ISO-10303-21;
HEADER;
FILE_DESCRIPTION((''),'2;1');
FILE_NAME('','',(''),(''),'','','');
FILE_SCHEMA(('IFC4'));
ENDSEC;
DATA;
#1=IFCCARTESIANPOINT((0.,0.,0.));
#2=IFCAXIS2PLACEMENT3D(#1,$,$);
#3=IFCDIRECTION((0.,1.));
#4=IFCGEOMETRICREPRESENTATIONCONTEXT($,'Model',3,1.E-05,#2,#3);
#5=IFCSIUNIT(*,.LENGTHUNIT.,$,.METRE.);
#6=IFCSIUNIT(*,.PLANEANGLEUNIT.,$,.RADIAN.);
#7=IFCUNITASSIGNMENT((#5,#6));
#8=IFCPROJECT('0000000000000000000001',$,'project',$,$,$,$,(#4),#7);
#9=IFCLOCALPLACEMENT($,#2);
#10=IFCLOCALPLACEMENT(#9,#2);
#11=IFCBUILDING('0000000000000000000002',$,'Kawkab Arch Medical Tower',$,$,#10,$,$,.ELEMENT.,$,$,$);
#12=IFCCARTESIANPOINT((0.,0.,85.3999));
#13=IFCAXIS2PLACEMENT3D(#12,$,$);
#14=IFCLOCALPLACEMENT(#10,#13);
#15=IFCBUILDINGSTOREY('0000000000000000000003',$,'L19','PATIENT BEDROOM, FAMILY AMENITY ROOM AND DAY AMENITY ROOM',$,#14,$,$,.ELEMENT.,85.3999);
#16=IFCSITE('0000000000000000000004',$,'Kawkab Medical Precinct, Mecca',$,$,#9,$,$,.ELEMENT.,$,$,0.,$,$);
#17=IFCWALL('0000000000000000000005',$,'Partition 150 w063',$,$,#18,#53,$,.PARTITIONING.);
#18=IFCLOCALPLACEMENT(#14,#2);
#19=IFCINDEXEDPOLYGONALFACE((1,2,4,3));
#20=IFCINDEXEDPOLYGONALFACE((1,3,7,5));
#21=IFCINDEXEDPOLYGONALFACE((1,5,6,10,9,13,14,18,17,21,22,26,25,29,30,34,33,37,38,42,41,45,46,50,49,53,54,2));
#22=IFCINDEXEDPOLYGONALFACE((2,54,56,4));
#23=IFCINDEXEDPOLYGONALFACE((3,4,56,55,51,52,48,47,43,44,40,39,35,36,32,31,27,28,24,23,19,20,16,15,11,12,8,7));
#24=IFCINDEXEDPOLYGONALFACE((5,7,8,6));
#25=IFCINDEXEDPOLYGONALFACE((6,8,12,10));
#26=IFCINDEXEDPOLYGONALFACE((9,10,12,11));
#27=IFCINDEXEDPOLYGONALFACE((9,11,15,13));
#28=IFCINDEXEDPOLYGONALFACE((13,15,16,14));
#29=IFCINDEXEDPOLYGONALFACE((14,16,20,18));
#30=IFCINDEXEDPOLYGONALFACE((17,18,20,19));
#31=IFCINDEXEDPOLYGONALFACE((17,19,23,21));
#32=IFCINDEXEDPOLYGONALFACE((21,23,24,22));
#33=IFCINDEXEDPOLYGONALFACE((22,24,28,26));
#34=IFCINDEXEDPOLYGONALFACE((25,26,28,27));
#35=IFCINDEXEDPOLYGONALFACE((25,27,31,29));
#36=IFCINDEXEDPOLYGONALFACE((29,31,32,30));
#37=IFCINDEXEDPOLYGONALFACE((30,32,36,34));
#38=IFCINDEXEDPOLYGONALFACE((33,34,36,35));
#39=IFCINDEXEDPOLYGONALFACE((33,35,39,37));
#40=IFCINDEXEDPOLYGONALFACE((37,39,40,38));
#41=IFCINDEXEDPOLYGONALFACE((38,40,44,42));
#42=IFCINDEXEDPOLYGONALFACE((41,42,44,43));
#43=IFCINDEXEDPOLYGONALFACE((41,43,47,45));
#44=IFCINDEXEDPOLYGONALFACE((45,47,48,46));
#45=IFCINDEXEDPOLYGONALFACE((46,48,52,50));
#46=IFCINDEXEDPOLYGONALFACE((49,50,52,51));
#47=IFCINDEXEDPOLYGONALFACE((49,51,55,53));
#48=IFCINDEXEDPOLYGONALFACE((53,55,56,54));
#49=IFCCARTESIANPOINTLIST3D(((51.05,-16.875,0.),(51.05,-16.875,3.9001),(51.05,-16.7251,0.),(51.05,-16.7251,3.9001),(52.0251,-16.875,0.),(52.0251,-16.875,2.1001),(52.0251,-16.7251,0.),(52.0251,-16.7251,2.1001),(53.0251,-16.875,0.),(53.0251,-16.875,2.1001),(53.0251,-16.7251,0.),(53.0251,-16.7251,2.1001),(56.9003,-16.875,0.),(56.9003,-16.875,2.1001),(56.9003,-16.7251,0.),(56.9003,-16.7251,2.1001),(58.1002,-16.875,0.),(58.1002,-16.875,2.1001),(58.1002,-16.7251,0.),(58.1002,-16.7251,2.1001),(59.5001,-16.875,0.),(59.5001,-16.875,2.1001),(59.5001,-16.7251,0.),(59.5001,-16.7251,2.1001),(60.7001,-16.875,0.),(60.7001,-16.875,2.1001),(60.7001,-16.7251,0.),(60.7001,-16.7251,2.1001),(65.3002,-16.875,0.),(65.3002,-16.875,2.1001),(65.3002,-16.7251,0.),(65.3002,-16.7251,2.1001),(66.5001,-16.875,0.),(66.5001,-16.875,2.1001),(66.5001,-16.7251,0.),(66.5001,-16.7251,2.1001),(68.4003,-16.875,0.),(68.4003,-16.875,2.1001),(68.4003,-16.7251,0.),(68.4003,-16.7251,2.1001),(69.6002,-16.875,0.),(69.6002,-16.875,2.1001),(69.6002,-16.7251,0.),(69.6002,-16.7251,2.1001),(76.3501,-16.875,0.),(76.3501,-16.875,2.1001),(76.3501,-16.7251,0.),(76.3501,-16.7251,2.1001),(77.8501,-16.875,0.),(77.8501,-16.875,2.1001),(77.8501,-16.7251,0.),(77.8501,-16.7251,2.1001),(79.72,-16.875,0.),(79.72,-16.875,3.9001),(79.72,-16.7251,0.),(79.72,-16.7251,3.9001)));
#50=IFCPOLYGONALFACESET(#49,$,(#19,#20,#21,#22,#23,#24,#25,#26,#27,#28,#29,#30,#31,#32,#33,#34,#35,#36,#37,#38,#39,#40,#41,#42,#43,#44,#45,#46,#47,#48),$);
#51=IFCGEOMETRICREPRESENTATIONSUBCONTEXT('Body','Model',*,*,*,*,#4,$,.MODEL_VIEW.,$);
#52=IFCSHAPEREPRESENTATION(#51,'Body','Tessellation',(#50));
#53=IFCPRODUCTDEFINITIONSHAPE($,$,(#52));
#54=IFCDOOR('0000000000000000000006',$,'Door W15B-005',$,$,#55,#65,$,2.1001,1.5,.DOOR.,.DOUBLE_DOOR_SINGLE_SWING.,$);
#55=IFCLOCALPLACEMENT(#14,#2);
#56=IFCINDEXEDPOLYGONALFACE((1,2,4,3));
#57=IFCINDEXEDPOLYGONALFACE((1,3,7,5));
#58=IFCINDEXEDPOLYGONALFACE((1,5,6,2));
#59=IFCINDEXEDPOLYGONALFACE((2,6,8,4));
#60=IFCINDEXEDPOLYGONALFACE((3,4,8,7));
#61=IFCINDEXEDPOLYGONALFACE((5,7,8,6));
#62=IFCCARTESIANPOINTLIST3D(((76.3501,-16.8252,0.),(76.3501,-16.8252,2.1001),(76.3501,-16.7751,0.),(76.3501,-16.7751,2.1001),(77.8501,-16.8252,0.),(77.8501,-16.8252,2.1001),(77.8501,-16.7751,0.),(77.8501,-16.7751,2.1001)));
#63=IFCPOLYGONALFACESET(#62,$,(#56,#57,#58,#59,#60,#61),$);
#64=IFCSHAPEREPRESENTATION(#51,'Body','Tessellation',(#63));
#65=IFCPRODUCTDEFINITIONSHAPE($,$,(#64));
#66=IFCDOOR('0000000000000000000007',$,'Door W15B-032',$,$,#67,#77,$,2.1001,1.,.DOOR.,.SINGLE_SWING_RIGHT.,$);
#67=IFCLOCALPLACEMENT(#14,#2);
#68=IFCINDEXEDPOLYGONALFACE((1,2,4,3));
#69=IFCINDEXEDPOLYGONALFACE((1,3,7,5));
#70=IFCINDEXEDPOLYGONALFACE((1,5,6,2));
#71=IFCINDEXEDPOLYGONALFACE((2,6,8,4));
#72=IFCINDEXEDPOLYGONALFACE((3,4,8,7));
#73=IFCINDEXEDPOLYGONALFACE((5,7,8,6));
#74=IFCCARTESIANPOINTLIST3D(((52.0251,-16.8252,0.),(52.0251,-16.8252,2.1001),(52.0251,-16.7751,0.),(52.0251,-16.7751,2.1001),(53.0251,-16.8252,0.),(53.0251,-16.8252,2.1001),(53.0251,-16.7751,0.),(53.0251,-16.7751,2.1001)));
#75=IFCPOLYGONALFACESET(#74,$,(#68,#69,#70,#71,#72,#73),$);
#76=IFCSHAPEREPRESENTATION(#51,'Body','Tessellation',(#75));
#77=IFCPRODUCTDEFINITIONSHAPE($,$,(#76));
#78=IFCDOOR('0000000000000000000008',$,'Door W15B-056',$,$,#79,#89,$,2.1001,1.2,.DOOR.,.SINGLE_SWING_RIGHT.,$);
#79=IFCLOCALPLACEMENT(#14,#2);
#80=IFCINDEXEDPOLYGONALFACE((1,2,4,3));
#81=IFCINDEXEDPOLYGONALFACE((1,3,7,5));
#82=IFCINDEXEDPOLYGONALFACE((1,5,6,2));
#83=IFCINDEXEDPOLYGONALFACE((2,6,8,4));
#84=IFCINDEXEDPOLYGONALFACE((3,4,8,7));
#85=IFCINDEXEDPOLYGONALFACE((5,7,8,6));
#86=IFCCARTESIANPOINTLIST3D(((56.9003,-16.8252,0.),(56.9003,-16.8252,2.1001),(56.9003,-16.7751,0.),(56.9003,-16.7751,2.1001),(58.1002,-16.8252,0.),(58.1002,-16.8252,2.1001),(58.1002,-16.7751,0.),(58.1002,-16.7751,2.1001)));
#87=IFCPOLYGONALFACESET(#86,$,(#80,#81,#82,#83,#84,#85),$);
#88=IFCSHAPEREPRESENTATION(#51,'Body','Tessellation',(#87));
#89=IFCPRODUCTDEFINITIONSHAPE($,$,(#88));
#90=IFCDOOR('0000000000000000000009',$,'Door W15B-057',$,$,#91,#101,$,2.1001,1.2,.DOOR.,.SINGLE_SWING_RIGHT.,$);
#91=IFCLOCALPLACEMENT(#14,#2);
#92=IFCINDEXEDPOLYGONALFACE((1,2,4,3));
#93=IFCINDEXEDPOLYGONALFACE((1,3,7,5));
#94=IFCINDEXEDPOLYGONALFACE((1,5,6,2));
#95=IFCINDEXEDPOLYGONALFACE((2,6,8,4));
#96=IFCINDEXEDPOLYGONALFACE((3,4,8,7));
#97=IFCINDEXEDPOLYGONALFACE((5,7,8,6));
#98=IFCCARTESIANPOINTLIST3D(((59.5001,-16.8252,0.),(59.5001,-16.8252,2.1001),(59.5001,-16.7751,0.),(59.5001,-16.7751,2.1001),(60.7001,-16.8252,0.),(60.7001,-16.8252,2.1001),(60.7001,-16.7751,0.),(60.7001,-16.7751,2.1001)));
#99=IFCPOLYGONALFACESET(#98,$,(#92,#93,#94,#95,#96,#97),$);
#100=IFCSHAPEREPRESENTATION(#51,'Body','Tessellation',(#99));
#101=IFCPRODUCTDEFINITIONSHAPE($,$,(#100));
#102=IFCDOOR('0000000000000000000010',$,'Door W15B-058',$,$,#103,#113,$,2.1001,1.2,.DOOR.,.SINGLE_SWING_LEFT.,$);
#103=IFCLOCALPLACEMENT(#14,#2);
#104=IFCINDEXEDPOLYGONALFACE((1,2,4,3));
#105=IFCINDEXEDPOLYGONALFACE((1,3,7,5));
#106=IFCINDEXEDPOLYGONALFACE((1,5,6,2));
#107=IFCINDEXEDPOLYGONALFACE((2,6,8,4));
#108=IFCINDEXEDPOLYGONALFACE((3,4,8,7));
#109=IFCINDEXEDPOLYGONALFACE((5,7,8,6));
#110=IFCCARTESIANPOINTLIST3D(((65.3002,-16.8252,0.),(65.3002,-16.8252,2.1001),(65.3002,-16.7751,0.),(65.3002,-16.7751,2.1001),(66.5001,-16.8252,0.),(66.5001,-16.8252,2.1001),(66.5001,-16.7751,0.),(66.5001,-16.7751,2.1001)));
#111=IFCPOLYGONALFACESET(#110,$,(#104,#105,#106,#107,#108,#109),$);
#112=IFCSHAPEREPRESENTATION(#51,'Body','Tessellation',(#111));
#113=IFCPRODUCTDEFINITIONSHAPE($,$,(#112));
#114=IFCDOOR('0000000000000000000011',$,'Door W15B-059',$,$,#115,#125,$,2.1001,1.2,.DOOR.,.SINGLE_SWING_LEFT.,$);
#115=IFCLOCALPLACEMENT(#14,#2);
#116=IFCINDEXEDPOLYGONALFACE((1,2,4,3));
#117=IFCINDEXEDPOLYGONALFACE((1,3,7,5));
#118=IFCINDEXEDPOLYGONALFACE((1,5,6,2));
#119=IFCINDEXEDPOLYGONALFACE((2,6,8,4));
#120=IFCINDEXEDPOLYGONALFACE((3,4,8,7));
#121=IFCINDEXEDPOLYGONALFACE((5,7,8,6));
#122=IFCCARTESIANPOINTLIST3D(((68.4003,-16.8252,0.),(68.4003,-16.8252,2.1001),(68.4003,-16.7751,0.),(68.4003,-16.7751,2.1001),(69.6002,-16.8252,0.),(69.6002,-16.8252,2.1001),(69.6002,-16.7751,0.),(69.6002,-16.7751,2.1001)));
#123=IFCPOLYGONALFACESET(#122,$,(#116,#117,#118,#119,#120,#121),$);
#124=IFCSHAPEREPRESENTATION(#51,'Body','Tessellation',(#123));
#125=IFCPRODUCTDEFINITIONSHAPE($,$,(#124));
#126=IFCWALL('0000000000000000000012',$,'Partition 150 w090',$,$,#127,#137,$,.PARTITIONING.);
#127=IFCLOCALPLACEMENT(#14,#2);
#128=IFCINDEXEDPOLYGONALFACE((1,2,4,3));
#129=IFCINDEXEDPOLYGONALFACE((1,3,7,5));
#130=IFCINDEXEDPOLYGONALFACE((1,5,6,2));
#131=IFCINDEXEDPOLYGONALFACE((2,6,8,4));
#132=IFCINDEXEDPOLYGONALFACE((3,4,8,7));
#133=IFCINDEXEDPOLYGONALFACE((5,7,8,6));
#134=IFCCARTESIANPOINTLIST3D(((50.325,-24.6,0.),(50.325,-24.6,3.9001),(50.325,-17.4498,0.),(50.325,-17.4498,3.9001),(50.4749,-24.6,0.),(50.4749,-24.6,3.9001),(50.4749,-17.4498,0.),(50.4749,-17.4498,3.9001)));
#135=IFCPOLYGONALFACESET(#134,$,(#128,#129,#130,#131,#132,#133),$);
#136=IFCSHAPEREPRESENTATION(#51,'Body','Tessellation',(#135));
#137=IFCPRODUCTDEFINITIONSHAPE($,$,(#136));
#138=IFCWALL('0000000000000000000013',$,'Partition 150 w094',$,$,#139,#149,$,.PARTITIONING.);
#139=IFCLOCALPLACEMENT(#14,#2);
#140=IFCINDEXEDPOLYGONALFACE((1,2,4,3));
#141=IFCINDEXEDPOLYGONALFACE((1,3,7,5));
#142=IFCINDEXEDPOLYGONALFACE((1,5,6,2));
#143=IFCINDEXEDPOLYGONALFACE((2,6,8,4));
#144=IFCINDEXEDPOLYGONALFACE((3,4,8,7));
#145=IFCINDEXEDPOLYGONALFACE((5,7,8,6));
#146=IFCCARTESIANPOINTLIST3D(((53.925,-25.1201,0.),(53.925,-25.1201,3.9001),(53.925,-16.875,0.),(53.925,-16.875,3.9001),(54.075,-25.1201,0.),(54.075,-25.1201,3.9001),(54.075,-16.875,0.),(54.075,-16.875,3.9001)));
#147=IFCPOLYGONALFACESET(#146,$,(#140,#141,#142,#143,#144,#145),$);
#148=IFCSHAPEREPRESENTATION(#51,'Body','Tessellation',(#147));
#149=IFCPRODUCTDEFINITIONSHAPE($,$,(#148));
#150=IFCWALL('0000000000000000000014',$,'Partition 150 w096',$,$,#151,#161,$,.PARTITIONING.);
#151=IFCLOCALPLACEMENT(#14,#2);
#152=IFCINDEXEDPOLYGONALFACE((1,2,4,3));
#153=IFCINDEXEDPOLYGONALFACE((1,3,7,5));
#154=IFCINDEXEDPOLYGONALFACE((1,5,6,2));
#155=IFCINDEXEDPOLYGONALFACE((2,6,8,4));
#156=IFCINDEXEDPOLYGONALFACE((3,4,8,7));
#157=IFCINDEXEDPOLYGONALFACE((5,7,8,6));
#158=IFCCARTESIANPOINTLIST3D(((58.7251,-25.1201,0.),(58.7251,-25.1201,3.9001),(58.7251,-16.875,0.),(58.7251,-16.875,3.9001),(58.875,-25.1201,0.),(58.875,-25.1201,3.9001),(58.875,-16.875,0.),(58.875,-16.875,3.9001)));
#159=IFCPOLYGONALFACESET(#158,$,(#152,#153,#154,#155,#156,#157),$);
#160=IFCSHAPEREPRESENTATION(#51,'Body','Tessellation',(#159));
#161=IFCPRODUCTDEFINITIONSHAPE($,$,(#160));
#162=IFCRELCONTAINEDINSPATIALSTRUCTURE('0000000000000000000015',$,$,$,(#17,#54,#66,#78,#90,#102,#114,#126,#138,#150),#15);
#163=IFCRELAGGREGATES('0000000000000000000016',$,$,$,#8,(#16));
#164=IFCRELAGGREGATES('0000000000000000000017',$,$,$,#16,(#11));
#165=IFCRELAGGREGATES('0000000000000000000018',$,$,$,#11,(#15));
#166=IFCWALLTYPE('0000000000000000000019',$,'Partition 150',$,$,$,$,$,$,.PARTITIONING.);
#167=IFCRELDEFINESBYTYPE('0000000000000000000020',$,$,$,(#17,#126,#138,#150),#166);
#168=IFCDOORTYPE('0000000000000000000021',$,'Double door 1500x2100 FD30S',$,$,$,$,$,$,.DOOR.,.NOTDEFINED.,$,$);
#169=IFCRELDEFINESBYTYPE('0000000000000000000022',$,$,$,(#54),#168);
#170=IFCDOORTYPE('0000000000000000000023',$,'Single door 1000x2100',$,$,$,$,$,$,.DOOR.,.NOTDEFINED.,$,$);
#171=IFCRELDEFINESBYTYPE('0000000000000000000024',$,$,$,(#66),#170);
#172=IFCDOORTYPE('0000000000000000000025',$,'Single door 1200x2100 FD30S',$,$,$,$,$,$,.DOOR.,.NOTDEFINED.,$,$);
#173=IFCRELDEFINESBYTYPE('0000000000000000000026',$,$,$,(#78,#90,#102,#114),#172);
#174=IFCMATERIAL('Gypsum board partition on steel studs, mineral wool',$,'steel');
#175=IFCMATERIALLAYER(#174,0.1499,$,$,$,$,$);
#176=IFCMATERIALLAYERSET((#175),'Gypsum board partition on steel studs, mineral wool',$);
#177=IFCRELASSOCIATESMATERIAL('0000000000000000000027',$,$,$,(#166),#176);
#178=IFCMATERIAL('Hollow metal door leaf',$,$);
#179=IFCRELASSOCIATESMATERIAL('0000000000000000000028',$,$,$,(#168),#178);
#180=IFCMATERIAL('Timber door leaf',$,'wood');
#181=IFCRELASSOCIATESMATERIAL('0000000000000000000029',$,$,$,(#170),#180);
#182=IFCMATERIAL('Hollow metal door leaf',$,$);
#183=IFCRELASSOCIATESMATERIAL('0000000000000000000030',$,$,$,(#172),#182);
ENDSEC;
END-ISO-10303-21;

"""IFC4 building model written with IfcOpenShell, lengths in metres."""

from ifc_helpers import new_model, si_unit, direction, frame, frame_2d, origin, place, context, subcontext, project, spatial, rectangle, extrude, material, layer, layer_set, type_object, element, fill, save


model = new_model("IFC4")

# Units and contexts
model_context = context("Model", 3, precision=1e-05, world=origin(), true_north=direction((0.0, 1.0)))
body_context = subcontext(model_context, "Body", "Model", "MODEL_VIEW")
ifc_project = project(units=[si_unit("LENGTHUNIT", "METRE"), si_unit("PLANEANGLEUNIT", "RADIAN")], contexts=[model_context])

# Site, building, storey
site_placement = place(None, origin())
site = spatial("IfcSite", under=ifc_project, at=site_placement, Name="Kawkab Medical Precinct, Mecca", CompositionType="ELEMENT", RefElevation=0.0)
building_placement = place(site_placement, origin())
building = spatial("IfcBuilding", under=site, at=building_placement, Name="Kawkab Arch Medical Tower", CompositionType="ELEMENT")
storey_placement = place(building_placement, frame((0.0, 0.0, 85.3999)))
storey = spatial("IfcBuildingStorey", under=building, at=storey_placement, Name="L19", Description="PATIENT BEDROOM, FAMILY AMENITY ROOM AND DAY AMENITY ROOM", CompositionType="ELEMENT", Elevation=85.3999)

# Wall, openings, doors
ifc_material_1 = material(Name="Gypsum board partition on steel studs, mineral wool", Category="steel")
ifc_layer_1 = layer(ifc_material_1, 0.1499)
ifc_layer_set_1 = layer_set([ifc_layer_1], Name="Gypsum board partition on steel studs, mineral wool")
wall_type_1 = type_object("IfcWallType", Name="Partition 150", PredefinedType="PARTITIONING", material=ifc_layer_set_1)
wall_1_placement = place(storey_placement, frame((51.05, -16.8, 0.0), z_axis=(0.0, 0.0, 1.0), x_axis=(1.0, 0.0, 0.0)))
wall_1 = element("IfcWall", 1, at=wall_1_placement, inside=storey, type_object=wall_type_1, Name="Partition 150 w063", PredefinedType="PARTITIONING", context=body_context, shape_type="SweptSolid", body=[
    extrude(rectangle(XDim=28.6699, YDim=0.1499, at=frame_2d((14.335, 0.0))), origin(), (0.0, 0.0, 1.0), 3.9001),
])
opening_1_placement = place(wall_1_placement, frame((0.9751, 0.0, 0.0)))
opening_1 = element("IfcOpeningElement", 2, at=opening_1_placement, cuts=wall_1, PredefinedType="OPENING", context=body_context, shape_type="SweptSolid", body=[
    extrude(rectangle(XDim=1.0, YDim=2.1001, at=frame_2d((0.5, 1.05))), frame((0.0, 0.085, 0.0), z_axis=(0.0, -1.0, 0.0), x_axis=(1.0, 0.0, 0.0)), (0.0, 0.0, 1.0), 0.1699),
])
opening_2_placement = place(wall_1_placement, frame((5.8501, 0.0, 0.0)))
opening_2 = element("IfcOpeningElement", 3, at=opening_2_placement, cuts=wall_1, PredefinedType="OPENING", context=body_context, shape_type="SweptSolid", body=[
    extrude(rectangle(XDim=1.2, YDim=2.1001, at=frame_2d((0.6001, 1.05))), frame((0.0, 0.085, 0.0), z_axis=(0.0, -1.0, 0.0), x_axis=(1.0, 0.0, 0.0)), (0.0, 0.0, 1.0), 0.1699),
])
opening_3_placement = place(wall_1_placement, frame((8.45, 0.0, 0.0)))
opening_3 = element("IfcOpeningElement", 4, at=opening_3_placement, cuts=wall_1, PredefinedType="OPENING", context=body_context, shape_type="SweptSolid", body=[
    extrude(rectangle(XDim=1.2, YDim=2.1001, at=frame_2d((0.6001, 1.05))), frame((0.0, 0.085, 0.0), z_axis=(0.0, -1.0, 0.0), x_axis=(1.0, 0.0, 0.0)), (0.0, 0.0, 1.0), 0.1699),
])
opening_4_placement = place(wall_1_placement, frame((14.25, 0.0, 0.0)))
opening_4 = element("IfcOpeningElement", 5, at=opening_4_placement, cuts=wall_1, PredefinedType="OPENING", context=body_context, shape_type="SweptSolid", body=[
    extrude(rectangle(XDim=1.2, YDim=2.1001, at=frame_2d((0.6001, 1.05))), frame((0.0, 0.085, 0.0), z_axis=(0.0, -1.0, 0.0), x_axis=(1.0, 0.0, 0.0)), (0.0, 0.0, 1.0), 0.1699),
])
opening_5_placement = place(wall_1_placement, frame((17.3501, 0.0, 0.0)))
opening_5 = element("IfcOpeningElement", 6, at=opening_5_placement, cuts=wall_1, PredefinedType="OPENING", context=body_context, shape_type="SweptSolid", body=[
    extrude(rectangle(XDim=1.2, YDim=2.1001, at=frame_2d((0.6001, 1.05))), frame((0.0, 0.085, 0.0), z_axis=(0.0, -1.0, 0.0), x_axis=(1.0, 0.0, 0.0)), (0.0, 0.0, 1.0), 0.1699),
])
opening_6_placement = place(wall_1_placement, frame((25.3, 0.0, 0.0)))
opening_6 = element("IfcOpeningElement", 7, at=opening_6_placement, cuts=wall_1, PredefinedType="OPENING", context=body_context, shape_type="SweptSolid", body=[
    extrude(rectangle(XDim=1.5, YDim=2.1001, at=frame_2d((0.75, 1.05))), frame((0.0, 0.085, 0.0), z_axis=(0.0, -1.0, 0.0), x_axis=(1.0, 0.0, 0.0)), (0.0, 0.0, 1.0), 0.1699),
])
ifc_material_2 = material(Name="Hollow metal door leaf")
door_type_1 = type_object("IfcDoorType", Name="Double door 1500x2100 FD30S", OperationType="NOTDEFINED", PredefinedType="DOOR", material=ifc_material_2)
door_1_placement = place(opening_6_placement, origin())
door_1 = element("IfcDoor", 8, at=door_1_placement, inside=storey, type_object=door_type_1, Name="Door W15B-005", OperationType="DOUBLE_DOOR_SINGLE_SWING", OverallHeight=2.1001, OverallWidth=1.5, PredefinedType="DOOR", context=body_context, shape_type="SweptSolid", body=[
    extrude(rectangle(XDim=1.5, YDim=2.1001, at=frame_2d((0.75, 1.05))), frame((0.0, 0.0249, 0.0), z_axis=(0.0, -1.0, 0.0), x_axis=(1.0, 0.0, 0.0)), (0.0, 0.0, 1.0), 0.05),
])
fill(opening_6, door_1)
ifc_material_3 = material(Name="Timber door leaf", Category="wood")
door_type_2 = type_object("IfcDoorType", Name="Single door 1000x2100", OperationType="NOTDEFINED", PredefinedType="DOOR", material=ifc_material_3)
door_2_placement = place(opening_1_placement, origin())
door_2 = element("IfcDoor", 9, at=door_2_placement, inside=storey, type_object=door_type_2, Name="Door W15B-032", OperationType="SINGLE_SWING_RIGHT", OverallHeight=2.1001, OverallWidth=1.0, PredefinedType="DOOR", context=body_context, shape_type="SweptSolid", body=[
    extrude(rectangle(XDim=1.0, YDim=2.1001, at=frame_2d((0.5, 1.05))), frame((0.0, 0.0249, 0.0), z_axis=(0.0, -1.0, 0.0), x_axis=(1.0, 0.0, 0.0)), (0.0, 0.0, 1.0), 0.05),
])
fill(opening_1, door_2)
ifc_material_4 = material(Name="Hollow metal door leaf")
door_type_3 = type_object("IfcDoorType", Name="Single door 1200x2100 FD30S", OperationType="NOTDEFINED", PredefinedType="DOOR", material=ifc_material_4)
door_3_placement = place(opening_2_placement, origin())
door_3 = element("IfcDoor", 10, at=door_3_placement, inside=storey, type_object=door_type_3, Name="Door W15B-056", OperationType="SINGLE_SWING_RIGHT", OverallHeight=2.1001, OverallWidth=1.2, PredefinedType="DOOR", context=body_context, shape_type="SweptSolid", body=[
    extrude(rectangle(XDim=1.2, YDim=2.1001, at=frame_2d((0.6001, 1.05))), frame((0.0, 0.0249, 0.0), z_axis=(0.0, -1.0, 0.0), x_axis=(1.0, 0.0, 0.0)), (0.0, 0.0, 1.0), 0.05),
])
fill(opening_2, door_3)
door_4_placement = place(opening_3_placement, origin())
door_4 = element("IfcDoor", 11, at=door_4_placement, inside=storey, type_object=door_type_3, Name="Door W15B-057", OperationType="SINGLE_SWING_RIGHT", OverallHeight=2.1001, OverallWidth=1.2, PredefinedType="DOOR", context=body_context, shape_type="SweptSolid", body=[
    extrude(rectangle(XDim=1.2, YDim=2.1001, at=frame_2d((0.6001, 1.05))), frame((0.0, 0.0249, 0.0), z_axis=(0.0, -1.0, 0.0), x_axis=(1.0, 0.0, 0.0)), (0.0, 0.0, 1.0), 0.05),
])
fill(opening_3, door_4)
door_5_placement = place(opening_4_placement, origin())
door_5 = element("IfcDoor", 12, at=door_5_placement, inside=storey, type_object=door_type_3, Name="Door W15B-058", OperationType="SINGLE_SWING_LEFT", OverallHeight=2.1001, OverallWidth=1.2, PredefinedType="DOOR", context=body_context, shape_type="SweptSolid", body=[
    extrude(rectangle(XDim=1.2, YDim=2.1001, at=frame_2d((0.6001, 1.05))), frame((0.0, 0.0249, 0.0), z_axis=(0.0, -1.0, 0.0), x_axis=(1.0, 0.0, 0.0)), (0.0, 0.0, 1.0), 0.05),
])
fill(opening_4, door_5)
door_6_placement = place(opening_5_placement, origin())
door_6 = element("IfcDoor", 13, at=door_6_placement, inside=storey, type_object=door_type_3, Name="Door W15B-059", OperationType="SINGLE_SWING_LEFT", OverallHeight=2.1001, OverallWidth=1.2, PredefinedType="DOOR", context=body_context, shape_type="SweptSolid", body=[
    extrude(rectangle(XDim=1.2, YDim=2.1001, at=frame_2d((0.6001, 1.05))), frame((0.0, 0.0249, 0.0), z_axis=(0.0, -1.0, 0.0), x_axis=(1.0, 0.0, 0.0)), (0.0, 0.0, 1.0), 0.05),
])
fill(opening_5, door_6)

# Walls
wall_2_placement = place(storey_placement, frame((50.3999, -24.6001, 0.0), z_axis=(0.0, 0.0, 1.0), x_axis=(0.0, 1.0, 0.0)))
element("IfcWall", 14, at=wall_2_placement, inside=storey, type_object=wall_type_1, Name="Partition 150 w090", PredefinedType="PARTITIONING", context=body_context, shape_type="SweptSolid", body=[
    extrude(rectangle(XDim=7.1501, YDim=0.1499, at=frame_2d((3.5752, 0.0))), origin(), (0.0, 0.0, 1.0), 3.9001),
])
for number, where, z_axis, x_axis, name in (
    (15, (54.0, -25.1201, 0.0), (0.0, 0.0, 1.0), (0.0, 1.0, 0.0), "Partition 150 w094"),
    (16, (58.8, -25.1201, 0.0), (0.0, 0.0, 1.0), (0.0, 1.0, 0.0), "Partition 150 w096"),
):
    element("IfcWall", number, at=place(storey_placement, frame(where, z_axis=z_axis, x_axis=x_axis)), inside=storey, type_object=wall_type_1, Name=name, PredefinedType="PARTITIONING", context=body_context, shape_type="SweptSolid", body=[
        extrude(rectangle(XDim=8.2451, YDim=0.1499, at=frame_2d((4.1226, 0.0))), origin(), (0.0, 0.0, 1.0), 3.9001),
    ])

save(model, "model.ifc")
